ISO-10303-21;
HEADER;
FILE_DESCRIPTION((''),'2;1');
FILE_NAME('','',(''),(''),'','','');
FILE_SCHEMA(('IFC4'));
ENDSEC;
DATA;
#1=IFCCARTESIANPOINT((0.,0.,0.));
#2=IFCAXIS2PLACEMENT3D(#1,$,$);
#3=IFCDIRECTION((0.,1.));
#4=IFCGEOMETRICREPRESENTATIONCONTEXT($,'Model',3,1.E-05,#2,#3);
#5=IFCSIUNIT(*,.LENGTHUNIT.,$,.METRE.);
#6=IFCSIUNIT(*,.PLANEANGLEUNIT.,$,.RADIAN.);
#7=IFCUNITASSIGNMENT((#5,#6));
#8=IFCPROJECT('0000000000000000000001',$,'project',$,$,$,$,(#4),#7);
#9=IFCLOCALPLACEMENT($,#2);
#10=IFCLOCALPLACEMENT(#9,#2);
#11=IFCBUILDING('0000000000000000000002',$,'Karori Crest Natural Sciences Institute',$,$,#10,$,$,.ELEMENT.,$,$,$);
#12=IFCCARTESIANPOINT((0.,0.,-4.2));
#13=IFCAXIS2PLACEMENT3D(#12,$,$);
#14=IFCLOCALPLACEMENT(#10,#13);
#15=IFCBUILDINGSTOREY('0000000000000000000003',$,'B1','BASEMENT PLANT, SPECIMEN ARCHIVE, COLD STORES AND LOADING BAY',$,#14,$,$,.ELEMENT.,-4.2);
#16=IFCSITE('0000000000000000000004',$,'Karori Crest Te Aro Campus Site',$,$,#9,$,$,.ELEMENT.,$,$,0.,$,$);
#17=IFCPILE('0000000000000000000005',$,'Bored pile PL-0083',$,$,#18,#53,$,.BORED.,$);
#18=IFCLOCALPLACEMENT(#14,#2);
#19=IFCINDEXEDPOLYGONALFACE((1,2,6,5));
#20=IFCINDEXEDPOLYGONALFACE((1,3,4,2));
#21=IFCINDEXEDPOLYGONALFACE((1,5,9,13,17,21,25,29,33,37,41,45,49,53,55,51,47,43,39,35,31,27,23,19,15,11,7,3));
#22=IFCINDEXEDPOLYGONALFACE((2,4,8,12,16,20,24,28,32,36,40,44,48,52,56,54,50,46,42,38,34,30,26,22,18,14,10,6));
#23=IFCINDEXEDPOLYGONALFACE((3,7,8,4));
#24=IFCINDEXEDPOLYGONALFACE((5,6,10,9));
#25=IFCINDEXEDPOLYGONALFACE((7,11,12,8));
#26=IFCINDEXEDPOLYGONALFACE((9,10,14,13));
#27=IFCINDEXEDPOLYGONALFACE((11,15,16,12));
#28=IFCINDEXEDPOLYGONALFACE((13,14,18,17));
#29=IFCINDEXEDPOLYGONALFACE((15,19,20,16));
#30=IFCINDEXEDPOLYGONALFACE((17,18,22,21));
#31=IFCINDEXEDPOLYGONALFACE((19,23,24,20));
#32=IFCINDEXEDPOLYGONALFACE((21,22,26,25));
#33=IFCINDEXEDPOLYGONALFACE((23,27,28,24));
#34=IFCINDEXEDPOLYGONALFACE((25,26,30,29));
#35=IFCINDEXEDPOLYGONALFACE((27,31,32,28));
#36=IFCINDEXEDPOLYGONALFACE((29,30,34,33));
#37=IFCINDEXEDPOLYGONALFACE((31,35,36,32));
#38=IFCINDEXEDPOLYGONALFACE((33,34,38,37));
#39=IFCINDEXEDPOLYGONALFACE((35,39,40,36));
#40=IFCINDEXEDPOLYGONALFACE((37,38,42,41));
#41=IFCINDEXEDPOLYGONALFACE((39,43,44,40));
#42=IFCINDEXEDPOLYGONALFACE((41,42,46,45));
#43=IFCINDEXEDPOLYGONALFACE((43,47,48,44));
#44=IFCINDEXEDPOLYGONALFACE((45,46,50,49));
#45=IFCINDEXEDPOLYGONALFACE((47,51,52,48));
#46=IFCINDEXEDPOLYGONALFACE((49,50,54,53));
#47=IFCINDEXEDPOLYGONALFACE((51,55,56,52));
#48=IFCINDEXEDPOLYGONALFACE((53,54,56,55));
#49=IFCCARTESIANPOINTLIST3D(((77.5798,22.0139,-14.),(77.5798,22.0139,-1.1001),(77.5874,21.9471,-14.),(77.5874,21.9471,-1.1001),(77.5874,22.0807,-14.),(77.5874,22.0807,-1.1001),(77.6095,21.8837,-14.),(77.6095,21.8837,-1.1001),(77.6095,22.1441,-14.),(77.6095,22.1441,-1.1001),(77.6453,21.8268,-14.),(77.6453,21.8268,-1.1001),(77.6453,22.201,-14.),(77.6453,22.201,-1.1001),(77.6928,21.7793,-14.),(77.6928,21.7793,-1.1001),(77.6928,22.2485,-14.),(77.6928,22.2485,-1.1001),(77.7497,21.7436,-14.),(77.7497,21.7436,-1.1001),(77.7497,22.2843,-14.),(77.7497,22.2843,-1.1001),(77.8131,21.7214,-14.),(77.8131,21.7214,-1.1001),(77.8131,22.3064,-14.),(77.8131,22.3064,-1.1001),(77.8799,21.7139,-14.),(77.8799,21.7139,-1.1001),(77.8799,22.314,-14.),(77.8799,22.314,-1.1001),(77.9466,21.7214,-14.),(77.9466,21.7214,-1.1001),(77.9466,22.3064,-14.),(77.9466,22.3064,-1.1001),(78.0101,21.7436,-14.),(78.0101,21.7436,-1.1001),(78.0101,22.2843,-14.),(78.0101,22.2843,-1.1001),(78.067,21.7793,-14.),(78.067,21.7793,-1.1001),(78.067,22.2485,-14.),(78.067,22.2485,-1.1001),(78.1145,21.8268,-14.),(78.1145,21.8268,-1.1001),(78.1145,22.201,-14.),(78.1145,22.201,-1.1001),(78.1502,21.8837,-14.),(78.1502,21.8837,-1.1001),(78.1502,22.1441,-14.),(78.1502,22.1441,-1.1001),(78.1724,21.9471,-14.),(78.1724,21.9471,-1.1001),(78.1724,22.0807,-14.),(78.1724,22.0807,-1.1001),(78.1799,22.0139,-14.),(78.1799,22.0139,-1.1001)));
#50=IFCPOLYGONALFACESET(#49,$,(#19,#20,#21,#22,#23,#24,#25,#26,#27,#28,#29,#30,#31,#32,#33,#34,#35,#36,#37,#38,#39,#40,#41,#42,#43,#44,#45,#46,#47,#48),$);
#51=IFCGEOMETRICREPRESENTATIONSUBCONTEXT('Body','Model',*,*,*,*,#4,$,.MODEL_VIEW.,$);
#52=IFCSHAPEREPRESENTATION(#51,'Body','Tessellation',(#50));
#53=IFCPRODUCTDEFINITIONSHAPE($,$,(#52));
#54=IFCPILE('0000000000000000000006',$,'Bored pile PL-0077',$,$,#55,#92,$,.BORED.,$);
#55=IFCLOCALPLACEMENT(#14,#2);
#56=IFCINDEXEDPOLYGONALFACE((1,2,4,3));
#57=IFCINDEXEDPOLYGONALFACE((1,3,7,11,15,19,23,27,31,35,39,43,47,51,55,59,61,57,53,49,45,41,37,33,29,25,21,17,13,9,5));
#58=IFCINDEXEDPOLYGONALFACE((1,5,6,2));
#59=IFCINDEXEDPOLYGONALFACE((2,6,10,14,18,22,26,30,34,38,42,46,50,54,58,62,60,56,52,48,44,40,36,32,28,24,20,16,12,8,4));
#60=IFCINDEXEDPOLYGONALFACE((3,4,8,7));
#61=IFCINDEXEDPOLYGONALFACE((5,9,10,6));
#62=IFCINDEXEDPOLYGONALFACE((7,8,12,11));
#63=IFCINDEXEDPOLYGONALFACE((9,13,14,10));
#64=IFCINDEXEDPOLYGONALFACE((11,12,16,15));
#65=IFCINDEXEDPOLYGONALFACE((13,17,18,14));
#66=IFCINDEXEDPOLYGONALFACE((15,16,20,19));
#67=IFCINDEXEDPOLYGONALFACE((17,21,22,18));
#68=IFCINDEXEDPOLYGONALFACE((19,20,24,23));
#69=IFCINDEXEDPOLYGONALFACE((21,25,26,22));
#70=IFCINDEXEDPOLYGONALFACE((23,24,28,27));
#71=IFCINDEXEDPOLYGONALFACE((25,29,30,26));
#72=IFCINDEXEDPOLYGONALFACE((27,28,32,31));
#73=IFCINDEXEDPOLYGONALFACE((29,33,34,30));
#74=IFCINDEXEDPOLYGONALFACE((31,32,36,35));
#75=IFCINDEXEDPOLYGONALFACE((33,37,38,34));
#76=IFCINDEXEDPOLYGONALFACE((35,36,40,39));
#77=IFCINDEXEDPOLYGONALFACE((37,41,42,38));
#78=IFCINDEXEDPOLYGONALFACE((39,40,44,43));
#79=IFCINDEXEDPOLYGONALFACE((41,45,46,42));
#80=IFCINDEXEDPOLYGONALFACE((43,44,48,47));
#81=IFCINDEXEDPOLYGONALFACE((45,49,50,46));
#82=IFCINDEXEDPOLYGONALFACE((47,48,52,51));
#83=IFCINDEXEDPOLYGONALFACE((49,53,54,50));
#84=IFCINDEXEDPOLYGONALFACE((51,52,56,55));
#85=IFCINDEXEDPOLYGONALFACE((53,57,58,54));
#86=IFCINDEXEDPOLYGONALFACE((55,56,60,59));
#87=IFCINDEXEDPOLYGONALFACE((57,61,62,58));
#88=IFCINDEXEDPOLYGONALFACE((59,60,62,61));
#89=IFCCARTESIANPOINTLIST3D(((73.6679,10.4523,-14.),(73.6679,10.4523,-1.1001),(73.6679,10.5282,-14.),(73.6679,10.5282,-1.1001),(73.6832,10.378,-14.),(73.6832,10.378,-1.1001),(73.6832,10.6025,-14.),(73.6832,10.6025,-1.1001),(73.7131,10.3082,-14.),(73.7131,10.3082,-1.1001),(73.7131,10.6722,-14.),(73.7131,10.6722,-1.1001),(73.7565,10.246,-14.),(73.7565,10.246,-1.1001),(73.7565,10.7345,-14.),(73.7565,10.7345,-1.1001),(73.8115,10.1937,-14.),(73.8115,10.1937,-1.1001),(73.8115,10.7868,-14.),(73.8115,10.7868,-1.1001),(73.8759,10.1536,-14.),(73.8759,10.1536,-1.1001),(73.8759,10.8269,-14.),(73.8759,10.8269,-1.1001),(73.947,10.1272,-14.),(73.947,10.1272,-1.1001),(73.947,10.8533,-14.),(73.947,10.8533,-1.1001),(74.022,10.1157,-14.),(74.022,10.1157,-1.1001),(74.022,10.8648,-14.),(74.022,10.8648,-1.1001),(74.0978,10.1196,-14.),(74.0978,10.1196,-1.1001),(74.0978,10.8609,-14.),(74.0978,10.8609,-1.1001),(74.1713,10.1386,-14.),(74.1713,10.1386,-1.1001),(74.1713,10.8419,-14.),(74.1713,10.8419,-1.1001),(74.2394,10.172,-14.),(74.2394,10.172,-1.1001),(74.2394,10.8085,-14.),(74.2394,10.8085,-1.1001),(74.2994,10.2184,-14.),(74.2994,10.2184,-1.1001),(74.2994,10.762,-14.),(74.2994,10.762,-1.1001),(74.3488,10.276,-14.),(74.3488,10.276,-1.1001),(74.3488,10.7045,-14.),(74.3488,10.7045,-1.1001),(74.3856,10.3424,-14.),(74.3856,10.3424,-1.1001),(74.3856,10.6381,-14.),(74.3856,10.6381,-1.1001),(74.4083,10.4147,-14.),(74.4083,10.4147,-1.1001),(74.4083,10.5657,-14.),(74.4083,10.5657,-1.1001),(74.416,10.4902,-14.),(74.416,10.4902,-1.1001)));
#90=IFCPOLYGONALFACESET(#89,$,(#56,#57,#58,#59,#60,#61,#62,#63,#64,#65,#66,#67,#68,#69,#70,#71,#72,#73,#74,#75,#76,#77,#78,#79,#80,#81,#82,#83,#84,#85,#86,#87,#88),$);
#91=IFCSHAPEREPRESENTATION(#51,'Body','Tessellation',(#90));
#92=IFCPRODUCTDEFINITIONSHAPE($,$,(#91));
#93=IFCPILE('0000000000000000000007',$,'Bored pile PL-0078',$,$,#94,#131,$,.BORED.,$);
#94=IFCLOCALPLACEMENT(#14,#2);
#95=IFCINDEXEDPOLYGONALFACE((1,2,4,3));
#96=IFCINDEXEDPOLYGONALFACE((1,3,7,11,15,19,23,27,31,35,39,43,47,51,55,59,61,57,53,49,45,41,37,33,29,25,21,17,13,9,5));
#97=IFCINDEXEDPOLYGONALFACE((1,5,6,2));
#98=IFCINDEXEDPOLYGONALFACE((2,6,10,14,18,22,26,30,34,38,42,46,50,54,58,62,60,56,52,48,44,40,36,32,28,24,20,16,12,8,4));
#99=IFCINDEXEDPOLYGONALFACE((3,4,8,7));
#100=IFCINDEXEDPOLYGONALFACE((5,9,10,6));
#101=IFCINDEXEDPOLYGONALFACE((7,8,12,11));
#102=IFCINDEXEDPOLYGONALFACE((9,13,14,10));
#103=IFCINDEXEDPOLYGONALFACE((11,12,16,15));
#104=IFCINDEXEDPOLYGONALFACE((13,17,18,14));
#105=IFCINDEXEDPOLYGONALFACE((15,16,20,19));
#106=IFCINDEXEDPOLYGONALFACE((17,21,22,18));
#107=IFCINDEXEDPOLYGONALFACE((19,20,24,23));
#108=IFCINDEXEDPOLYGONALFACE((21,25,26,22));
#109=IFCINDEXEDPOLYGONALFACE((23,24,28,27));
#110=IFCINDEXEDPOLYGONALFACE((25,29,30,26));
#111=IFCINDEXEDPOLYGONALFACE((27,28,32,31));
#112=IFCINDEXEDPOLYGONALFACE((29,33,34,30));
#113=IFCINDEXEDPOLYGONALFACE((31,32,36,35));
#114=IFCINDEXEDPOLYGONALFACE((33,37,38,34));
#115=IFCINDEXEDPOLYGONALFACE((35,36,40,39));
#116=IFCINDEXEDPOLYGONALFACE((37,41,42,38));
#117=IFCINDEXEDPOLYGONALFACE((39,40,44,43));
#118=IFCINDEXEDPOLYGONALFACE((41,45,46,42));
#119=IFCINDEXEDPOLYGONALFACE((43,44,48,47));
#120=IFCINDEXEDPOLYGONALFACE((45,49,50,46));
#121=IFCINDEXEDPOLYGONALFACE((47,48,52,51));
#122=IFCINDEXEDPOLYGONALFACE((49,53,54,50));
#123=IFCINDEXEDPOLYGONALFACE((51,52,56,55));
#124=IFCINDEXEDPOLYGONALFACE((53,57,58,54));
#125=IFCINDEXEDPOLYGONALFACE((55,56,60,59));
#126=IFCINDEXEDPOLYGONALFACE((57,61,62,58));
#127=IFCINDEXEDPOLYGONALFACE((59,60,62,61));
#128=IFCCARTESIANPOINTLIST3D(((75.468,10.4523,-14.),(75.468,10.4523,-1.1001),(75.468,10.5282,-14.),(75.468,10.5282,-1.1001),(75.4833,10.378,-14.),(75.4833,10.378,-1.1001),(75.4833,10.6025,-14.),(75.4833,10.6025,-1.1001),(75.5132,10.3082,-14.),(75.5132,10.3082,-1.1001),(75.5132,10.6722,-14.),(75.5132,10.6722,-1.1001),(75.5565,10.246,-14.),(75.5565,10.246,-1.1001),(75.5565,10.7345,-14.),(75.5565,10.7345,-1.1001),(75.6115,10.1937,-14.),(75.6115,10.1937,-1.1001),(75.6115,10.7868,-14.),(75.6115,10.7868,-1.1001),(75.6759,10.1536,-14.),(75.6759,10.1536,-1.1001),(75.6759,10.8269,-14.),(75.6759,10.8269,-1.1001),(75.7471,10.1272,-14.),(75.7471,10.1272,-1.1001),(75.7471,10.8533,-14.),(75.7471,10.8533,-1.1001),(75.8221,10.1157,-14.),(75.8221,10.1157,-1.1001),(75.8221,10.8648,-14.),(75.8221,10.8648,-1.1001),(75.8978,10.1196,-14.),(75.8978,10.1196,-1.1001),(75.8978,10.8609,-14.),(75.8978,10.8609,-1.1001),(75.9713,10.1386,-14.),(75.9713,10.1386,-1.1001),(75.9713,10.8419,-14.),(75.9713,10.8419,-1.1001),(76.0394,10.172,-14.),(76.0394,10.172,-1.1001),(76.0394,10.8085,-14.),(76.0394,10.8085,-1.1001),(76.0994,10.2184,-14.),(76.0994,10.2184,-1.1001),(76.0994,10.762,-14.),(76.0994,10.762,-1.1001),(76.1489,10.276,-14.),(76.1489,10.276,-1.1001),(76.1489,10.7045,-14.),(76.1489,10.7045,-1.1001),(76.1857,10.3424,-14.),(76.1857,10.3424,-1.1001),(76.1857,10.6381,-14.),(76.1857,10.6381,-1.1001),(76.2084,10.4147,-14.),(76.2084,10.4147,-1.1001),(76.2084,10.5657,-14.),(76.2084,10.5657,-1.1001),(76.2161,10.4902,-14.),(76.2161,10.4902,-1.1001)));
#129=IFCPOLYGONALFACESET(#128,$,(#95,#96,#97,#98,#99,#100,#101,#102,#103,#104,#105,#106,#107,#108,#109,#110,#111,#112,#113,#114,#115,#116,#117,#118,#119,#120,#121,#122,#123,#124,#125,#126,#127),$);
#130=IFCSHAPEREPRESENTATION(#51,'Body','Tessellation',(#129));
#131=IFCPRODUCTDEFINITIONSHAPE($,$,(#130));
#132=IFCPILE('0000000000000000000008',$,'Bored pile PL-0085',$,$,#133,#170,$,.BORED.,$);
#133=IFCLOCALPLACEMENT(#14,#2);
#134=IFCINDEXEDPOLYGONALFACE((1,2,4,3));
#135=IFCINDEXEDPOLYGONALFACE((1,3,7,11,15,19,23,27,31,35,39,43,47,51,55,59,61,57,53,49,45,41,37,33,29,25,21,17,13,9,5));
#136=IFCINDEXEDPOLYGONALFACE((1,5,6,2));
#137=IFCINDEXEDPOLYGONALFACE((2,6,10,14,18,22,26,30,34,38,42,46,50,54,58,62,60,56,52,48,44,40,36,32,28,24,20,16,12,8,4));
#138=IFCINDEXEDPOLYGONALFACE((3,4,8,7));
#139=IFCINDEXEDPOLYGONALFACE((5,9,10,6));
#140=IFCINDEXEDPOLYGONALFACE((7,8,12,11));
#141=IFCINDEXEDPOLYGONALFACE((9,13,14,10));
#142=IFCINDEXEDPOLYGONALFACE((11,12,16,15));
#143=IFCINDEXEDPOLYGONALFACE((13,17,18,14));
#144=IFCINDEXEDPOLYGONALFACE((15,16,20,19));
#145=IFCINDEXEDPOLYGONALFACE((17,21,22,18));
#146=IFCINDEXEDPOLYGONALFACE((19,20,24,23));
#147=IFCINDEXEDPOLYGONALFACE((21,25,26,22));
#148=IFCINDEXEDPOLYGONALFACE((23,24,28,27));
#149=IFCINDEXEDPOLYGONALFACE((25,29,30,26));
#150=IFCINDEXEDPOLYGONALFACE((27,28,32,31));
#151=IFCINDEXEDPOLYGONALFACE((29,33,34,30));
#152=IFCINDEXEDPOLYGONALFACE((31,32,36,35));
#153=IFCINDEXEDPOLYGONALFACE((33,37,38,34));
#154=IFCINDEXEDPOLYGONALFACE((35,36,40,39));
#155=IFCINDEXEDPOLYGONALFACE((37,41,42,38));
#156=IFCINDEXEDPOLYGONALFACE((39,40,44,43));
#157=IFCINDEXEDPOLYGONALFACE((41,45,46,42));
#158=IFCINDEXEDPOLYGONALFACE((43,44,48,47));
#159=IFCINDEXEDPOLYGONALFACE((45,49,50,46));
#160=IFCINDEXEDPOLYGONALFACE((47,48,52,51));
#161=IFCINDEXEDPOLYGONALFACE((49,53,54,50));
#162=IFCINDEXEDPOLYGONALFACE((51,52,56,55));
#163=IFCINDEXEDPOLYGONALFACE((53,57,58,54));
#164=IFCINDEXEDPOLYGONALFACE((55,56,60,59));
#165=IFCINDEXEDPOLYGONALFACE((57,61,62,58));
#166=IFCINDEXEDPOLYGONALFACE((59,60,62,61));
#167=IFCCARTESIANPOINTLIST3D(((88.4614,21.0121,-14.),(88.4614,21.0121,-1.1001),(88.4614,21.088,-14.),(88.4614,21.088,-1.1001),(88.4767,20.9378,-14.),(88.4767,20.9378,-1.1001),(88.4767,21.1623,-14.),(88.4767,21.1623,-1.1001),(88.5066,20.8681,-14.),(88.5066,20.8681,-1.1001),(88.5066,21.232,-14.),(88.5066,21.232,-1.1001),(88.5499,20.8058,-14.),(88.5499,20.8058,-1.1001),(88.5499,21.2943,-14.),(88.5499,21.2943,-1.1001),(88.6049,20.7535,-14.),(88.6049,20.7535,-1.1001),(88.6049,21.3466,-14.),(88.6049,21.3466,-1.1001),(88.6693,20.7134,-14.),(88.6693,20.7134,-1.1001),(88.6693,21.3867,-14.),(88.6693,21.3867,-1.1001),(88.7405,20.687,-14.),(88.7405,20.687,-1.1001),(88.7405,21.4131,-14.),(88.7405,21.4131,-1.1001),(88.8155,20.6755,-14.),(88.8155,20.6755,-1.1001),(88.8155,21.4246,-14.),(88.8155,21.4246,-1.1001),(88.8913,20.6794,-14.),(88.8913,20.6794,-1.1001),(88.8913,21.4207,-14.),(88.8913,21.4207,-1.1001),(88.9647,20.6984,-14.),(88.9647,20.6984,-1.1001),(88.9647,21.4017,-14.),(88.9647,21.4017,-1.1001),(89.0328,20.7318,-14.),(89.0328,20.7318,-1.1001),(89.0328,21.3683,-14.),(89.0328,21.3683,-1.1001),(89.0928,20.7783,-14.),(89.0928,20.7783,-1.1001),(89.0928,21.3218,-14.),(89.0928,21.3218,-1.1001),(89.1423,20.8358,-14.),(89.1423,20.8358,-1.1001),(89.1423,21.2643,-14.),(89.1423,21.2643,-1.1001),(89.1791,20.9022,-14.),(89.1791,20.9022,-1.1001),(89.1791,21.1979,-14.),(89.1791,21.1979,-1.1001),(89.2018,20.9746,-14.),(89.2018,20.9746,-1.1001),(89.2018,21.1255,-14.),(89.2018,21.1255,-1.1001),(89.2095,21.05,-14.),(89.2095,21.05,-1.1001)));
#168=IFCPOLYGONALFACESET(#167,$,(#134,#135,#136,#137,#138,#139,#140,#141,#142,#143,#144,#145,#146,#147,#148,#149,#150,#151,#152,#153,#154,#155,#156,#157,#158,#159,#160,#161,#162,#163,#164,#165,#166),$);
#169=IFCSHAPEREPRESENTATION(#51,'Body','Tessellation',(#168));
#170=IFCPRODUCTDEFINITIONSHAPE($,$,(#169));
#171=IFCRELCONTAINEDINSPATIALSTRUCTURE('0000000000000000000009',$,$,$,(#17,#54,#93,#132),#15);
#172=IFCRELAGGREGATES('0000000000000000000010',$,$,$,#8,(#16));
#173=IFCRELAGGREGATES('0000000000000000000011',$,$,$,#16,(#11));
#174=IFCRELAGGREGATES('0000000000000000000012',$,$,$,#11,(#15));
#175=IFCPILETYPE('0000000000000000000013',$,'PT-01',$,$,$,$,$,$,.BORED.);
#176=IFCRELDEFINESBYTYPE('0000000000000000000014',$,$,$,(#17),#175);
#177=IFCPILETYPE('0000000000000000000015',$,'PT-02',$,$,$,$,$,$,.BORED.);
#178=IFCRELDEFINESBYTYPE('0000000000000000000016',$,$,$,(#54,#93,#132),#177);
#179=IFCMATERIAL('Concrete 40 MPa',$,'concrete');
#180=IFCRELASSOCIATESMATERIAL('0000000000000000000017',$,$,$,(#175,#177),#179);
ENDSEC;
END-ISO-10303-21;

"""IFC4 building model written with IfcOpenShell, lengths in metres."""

from ifc_helpers import new_model, si_unit, direction, frame, origin, origin_2d, place, context, subcontext, project, spatial, circle, extrude, material, material_profile, profile_set, type_object, element, save


model = new_model("IFC4")

# Units and contexts
model_context = context("Model", 3, precision=1e-05, world=origin(), true_north=direction((0.0, 1.0)))
body_context = subcontext(model_context, "Body", "Model", "MODEL_VIEW")
ifc_project = project(units=[si_unit("LENGTHUNIT", "METRE"), si_unit("PLANEANGLEUNIT", "RADIAN")], contexts=[model_context])

# Site, building, storey
site_placement = place(None, origin())
site = spatial("IfcSite", under=ifc_project, at=site_placement, Name="Karori Crest Te Aro Campus Site", CompositionType="ELEMENT", RefElevation=0.0)
building_placement = place(site_placement, origin())
building = spatial("IfcBuilding", under=site, at=building_placement, Name="Karori Crest Natural Sciences Institute", CompositionType="ELEMENT")
storey_placement = place(building_placement, frame((0.0, 0.0, -4.2)))
storey = spatial("IfcBuildingStorey", under=building, at=storey_placement, Name="B1", Description="BASEMENT PLANT, SPECIMEN ARCHIVE, COLD STORES AND LOADING BAY", CompositionType="ELEMENT", Elevation=-4.2)

# Shared definitions
ifc_material_1 = material(Name="Concrete 40 MPa", Category="concrete")

# Piles
ifc_material_profile_1 = material_profile(ifc_material_1, circle(Radius=0.3, at=origin_2d()), Name="PILE600")
ifc_profile_set_1 = profile_set([ifc_material_profile_1], Name="Concrete 40 MPa")
pile_type_1 = type_object("IfcPileType", Name="PT-01", PredefinedType="BORED", material=ifc_profile_set_1)
for number, where, z_axis, x_axis, name in (
    (1, (77.8799, 22.0139, -1.1001), (0.0, 0.0, -1.0), (1.0, 0.0, 0.0), "Bored pile PL-0083"),
):
    element("IfcPile", number, at=place(storey_placement, frame(where, z_axis=z_axis, x_axis=x_axis)), inside=storey, type_object=pile_type_1, Name=name, PredefinedType="BORED", context=body_context, shape_type="SweptSolid", body=[
        extrude(circle(Radius=0.3, at=origin_2d()), origin(), (0.0, 0.0, 1.0), 12.8999),
    ])
ifc_material_profile_2 = material_profile(ifc_material_1, circle(Radius=0.375, at=origin_2d()), Name="PILE750")
ifc_profile_set_2 = profile_set([ifc_material_profile_2], Name="Concrete 40 MPa")
pile_type_2 = type_object("IfcPileType", Name="PT-02", PredefinedType="BORED", material=ifc_profile_set_2)
for number, where, z_axis, x_axis, name in (
    (2, (74.041, 10.4902, -1.1001), (0.0, 0.0, -1.0), (1.0, 0.0, 0.0), "Bored pile PL-0077"),
    (3, (75.8411, 10.4902, -1.1001), (0.0, 0.0, -1.0), (1.0, 0.0, 0.0), "Bored pile PL-0078"),
    (4, (88.8345, 21.05, -1.1001), (0.0, 0.0, -1.0), (1.0, 0.0, 0.0), "Bored pile PL-0085"),
):
    element("IfcPile", number, at=place(storey_placement, frame(where, z_axis=z_axis, x_axis=x_axis)), inside=storey, type_object=pile_type_2, Name=name, PredefinedType="BORED", context=body_context, shape_type="SweptSolid", body=[
        extrude(circle(Radius=0.375, at=origin_2d()), origin(), (0.0, 0.0, 1.0), 12.8999),
    ])

save(model, "model.ifc")
